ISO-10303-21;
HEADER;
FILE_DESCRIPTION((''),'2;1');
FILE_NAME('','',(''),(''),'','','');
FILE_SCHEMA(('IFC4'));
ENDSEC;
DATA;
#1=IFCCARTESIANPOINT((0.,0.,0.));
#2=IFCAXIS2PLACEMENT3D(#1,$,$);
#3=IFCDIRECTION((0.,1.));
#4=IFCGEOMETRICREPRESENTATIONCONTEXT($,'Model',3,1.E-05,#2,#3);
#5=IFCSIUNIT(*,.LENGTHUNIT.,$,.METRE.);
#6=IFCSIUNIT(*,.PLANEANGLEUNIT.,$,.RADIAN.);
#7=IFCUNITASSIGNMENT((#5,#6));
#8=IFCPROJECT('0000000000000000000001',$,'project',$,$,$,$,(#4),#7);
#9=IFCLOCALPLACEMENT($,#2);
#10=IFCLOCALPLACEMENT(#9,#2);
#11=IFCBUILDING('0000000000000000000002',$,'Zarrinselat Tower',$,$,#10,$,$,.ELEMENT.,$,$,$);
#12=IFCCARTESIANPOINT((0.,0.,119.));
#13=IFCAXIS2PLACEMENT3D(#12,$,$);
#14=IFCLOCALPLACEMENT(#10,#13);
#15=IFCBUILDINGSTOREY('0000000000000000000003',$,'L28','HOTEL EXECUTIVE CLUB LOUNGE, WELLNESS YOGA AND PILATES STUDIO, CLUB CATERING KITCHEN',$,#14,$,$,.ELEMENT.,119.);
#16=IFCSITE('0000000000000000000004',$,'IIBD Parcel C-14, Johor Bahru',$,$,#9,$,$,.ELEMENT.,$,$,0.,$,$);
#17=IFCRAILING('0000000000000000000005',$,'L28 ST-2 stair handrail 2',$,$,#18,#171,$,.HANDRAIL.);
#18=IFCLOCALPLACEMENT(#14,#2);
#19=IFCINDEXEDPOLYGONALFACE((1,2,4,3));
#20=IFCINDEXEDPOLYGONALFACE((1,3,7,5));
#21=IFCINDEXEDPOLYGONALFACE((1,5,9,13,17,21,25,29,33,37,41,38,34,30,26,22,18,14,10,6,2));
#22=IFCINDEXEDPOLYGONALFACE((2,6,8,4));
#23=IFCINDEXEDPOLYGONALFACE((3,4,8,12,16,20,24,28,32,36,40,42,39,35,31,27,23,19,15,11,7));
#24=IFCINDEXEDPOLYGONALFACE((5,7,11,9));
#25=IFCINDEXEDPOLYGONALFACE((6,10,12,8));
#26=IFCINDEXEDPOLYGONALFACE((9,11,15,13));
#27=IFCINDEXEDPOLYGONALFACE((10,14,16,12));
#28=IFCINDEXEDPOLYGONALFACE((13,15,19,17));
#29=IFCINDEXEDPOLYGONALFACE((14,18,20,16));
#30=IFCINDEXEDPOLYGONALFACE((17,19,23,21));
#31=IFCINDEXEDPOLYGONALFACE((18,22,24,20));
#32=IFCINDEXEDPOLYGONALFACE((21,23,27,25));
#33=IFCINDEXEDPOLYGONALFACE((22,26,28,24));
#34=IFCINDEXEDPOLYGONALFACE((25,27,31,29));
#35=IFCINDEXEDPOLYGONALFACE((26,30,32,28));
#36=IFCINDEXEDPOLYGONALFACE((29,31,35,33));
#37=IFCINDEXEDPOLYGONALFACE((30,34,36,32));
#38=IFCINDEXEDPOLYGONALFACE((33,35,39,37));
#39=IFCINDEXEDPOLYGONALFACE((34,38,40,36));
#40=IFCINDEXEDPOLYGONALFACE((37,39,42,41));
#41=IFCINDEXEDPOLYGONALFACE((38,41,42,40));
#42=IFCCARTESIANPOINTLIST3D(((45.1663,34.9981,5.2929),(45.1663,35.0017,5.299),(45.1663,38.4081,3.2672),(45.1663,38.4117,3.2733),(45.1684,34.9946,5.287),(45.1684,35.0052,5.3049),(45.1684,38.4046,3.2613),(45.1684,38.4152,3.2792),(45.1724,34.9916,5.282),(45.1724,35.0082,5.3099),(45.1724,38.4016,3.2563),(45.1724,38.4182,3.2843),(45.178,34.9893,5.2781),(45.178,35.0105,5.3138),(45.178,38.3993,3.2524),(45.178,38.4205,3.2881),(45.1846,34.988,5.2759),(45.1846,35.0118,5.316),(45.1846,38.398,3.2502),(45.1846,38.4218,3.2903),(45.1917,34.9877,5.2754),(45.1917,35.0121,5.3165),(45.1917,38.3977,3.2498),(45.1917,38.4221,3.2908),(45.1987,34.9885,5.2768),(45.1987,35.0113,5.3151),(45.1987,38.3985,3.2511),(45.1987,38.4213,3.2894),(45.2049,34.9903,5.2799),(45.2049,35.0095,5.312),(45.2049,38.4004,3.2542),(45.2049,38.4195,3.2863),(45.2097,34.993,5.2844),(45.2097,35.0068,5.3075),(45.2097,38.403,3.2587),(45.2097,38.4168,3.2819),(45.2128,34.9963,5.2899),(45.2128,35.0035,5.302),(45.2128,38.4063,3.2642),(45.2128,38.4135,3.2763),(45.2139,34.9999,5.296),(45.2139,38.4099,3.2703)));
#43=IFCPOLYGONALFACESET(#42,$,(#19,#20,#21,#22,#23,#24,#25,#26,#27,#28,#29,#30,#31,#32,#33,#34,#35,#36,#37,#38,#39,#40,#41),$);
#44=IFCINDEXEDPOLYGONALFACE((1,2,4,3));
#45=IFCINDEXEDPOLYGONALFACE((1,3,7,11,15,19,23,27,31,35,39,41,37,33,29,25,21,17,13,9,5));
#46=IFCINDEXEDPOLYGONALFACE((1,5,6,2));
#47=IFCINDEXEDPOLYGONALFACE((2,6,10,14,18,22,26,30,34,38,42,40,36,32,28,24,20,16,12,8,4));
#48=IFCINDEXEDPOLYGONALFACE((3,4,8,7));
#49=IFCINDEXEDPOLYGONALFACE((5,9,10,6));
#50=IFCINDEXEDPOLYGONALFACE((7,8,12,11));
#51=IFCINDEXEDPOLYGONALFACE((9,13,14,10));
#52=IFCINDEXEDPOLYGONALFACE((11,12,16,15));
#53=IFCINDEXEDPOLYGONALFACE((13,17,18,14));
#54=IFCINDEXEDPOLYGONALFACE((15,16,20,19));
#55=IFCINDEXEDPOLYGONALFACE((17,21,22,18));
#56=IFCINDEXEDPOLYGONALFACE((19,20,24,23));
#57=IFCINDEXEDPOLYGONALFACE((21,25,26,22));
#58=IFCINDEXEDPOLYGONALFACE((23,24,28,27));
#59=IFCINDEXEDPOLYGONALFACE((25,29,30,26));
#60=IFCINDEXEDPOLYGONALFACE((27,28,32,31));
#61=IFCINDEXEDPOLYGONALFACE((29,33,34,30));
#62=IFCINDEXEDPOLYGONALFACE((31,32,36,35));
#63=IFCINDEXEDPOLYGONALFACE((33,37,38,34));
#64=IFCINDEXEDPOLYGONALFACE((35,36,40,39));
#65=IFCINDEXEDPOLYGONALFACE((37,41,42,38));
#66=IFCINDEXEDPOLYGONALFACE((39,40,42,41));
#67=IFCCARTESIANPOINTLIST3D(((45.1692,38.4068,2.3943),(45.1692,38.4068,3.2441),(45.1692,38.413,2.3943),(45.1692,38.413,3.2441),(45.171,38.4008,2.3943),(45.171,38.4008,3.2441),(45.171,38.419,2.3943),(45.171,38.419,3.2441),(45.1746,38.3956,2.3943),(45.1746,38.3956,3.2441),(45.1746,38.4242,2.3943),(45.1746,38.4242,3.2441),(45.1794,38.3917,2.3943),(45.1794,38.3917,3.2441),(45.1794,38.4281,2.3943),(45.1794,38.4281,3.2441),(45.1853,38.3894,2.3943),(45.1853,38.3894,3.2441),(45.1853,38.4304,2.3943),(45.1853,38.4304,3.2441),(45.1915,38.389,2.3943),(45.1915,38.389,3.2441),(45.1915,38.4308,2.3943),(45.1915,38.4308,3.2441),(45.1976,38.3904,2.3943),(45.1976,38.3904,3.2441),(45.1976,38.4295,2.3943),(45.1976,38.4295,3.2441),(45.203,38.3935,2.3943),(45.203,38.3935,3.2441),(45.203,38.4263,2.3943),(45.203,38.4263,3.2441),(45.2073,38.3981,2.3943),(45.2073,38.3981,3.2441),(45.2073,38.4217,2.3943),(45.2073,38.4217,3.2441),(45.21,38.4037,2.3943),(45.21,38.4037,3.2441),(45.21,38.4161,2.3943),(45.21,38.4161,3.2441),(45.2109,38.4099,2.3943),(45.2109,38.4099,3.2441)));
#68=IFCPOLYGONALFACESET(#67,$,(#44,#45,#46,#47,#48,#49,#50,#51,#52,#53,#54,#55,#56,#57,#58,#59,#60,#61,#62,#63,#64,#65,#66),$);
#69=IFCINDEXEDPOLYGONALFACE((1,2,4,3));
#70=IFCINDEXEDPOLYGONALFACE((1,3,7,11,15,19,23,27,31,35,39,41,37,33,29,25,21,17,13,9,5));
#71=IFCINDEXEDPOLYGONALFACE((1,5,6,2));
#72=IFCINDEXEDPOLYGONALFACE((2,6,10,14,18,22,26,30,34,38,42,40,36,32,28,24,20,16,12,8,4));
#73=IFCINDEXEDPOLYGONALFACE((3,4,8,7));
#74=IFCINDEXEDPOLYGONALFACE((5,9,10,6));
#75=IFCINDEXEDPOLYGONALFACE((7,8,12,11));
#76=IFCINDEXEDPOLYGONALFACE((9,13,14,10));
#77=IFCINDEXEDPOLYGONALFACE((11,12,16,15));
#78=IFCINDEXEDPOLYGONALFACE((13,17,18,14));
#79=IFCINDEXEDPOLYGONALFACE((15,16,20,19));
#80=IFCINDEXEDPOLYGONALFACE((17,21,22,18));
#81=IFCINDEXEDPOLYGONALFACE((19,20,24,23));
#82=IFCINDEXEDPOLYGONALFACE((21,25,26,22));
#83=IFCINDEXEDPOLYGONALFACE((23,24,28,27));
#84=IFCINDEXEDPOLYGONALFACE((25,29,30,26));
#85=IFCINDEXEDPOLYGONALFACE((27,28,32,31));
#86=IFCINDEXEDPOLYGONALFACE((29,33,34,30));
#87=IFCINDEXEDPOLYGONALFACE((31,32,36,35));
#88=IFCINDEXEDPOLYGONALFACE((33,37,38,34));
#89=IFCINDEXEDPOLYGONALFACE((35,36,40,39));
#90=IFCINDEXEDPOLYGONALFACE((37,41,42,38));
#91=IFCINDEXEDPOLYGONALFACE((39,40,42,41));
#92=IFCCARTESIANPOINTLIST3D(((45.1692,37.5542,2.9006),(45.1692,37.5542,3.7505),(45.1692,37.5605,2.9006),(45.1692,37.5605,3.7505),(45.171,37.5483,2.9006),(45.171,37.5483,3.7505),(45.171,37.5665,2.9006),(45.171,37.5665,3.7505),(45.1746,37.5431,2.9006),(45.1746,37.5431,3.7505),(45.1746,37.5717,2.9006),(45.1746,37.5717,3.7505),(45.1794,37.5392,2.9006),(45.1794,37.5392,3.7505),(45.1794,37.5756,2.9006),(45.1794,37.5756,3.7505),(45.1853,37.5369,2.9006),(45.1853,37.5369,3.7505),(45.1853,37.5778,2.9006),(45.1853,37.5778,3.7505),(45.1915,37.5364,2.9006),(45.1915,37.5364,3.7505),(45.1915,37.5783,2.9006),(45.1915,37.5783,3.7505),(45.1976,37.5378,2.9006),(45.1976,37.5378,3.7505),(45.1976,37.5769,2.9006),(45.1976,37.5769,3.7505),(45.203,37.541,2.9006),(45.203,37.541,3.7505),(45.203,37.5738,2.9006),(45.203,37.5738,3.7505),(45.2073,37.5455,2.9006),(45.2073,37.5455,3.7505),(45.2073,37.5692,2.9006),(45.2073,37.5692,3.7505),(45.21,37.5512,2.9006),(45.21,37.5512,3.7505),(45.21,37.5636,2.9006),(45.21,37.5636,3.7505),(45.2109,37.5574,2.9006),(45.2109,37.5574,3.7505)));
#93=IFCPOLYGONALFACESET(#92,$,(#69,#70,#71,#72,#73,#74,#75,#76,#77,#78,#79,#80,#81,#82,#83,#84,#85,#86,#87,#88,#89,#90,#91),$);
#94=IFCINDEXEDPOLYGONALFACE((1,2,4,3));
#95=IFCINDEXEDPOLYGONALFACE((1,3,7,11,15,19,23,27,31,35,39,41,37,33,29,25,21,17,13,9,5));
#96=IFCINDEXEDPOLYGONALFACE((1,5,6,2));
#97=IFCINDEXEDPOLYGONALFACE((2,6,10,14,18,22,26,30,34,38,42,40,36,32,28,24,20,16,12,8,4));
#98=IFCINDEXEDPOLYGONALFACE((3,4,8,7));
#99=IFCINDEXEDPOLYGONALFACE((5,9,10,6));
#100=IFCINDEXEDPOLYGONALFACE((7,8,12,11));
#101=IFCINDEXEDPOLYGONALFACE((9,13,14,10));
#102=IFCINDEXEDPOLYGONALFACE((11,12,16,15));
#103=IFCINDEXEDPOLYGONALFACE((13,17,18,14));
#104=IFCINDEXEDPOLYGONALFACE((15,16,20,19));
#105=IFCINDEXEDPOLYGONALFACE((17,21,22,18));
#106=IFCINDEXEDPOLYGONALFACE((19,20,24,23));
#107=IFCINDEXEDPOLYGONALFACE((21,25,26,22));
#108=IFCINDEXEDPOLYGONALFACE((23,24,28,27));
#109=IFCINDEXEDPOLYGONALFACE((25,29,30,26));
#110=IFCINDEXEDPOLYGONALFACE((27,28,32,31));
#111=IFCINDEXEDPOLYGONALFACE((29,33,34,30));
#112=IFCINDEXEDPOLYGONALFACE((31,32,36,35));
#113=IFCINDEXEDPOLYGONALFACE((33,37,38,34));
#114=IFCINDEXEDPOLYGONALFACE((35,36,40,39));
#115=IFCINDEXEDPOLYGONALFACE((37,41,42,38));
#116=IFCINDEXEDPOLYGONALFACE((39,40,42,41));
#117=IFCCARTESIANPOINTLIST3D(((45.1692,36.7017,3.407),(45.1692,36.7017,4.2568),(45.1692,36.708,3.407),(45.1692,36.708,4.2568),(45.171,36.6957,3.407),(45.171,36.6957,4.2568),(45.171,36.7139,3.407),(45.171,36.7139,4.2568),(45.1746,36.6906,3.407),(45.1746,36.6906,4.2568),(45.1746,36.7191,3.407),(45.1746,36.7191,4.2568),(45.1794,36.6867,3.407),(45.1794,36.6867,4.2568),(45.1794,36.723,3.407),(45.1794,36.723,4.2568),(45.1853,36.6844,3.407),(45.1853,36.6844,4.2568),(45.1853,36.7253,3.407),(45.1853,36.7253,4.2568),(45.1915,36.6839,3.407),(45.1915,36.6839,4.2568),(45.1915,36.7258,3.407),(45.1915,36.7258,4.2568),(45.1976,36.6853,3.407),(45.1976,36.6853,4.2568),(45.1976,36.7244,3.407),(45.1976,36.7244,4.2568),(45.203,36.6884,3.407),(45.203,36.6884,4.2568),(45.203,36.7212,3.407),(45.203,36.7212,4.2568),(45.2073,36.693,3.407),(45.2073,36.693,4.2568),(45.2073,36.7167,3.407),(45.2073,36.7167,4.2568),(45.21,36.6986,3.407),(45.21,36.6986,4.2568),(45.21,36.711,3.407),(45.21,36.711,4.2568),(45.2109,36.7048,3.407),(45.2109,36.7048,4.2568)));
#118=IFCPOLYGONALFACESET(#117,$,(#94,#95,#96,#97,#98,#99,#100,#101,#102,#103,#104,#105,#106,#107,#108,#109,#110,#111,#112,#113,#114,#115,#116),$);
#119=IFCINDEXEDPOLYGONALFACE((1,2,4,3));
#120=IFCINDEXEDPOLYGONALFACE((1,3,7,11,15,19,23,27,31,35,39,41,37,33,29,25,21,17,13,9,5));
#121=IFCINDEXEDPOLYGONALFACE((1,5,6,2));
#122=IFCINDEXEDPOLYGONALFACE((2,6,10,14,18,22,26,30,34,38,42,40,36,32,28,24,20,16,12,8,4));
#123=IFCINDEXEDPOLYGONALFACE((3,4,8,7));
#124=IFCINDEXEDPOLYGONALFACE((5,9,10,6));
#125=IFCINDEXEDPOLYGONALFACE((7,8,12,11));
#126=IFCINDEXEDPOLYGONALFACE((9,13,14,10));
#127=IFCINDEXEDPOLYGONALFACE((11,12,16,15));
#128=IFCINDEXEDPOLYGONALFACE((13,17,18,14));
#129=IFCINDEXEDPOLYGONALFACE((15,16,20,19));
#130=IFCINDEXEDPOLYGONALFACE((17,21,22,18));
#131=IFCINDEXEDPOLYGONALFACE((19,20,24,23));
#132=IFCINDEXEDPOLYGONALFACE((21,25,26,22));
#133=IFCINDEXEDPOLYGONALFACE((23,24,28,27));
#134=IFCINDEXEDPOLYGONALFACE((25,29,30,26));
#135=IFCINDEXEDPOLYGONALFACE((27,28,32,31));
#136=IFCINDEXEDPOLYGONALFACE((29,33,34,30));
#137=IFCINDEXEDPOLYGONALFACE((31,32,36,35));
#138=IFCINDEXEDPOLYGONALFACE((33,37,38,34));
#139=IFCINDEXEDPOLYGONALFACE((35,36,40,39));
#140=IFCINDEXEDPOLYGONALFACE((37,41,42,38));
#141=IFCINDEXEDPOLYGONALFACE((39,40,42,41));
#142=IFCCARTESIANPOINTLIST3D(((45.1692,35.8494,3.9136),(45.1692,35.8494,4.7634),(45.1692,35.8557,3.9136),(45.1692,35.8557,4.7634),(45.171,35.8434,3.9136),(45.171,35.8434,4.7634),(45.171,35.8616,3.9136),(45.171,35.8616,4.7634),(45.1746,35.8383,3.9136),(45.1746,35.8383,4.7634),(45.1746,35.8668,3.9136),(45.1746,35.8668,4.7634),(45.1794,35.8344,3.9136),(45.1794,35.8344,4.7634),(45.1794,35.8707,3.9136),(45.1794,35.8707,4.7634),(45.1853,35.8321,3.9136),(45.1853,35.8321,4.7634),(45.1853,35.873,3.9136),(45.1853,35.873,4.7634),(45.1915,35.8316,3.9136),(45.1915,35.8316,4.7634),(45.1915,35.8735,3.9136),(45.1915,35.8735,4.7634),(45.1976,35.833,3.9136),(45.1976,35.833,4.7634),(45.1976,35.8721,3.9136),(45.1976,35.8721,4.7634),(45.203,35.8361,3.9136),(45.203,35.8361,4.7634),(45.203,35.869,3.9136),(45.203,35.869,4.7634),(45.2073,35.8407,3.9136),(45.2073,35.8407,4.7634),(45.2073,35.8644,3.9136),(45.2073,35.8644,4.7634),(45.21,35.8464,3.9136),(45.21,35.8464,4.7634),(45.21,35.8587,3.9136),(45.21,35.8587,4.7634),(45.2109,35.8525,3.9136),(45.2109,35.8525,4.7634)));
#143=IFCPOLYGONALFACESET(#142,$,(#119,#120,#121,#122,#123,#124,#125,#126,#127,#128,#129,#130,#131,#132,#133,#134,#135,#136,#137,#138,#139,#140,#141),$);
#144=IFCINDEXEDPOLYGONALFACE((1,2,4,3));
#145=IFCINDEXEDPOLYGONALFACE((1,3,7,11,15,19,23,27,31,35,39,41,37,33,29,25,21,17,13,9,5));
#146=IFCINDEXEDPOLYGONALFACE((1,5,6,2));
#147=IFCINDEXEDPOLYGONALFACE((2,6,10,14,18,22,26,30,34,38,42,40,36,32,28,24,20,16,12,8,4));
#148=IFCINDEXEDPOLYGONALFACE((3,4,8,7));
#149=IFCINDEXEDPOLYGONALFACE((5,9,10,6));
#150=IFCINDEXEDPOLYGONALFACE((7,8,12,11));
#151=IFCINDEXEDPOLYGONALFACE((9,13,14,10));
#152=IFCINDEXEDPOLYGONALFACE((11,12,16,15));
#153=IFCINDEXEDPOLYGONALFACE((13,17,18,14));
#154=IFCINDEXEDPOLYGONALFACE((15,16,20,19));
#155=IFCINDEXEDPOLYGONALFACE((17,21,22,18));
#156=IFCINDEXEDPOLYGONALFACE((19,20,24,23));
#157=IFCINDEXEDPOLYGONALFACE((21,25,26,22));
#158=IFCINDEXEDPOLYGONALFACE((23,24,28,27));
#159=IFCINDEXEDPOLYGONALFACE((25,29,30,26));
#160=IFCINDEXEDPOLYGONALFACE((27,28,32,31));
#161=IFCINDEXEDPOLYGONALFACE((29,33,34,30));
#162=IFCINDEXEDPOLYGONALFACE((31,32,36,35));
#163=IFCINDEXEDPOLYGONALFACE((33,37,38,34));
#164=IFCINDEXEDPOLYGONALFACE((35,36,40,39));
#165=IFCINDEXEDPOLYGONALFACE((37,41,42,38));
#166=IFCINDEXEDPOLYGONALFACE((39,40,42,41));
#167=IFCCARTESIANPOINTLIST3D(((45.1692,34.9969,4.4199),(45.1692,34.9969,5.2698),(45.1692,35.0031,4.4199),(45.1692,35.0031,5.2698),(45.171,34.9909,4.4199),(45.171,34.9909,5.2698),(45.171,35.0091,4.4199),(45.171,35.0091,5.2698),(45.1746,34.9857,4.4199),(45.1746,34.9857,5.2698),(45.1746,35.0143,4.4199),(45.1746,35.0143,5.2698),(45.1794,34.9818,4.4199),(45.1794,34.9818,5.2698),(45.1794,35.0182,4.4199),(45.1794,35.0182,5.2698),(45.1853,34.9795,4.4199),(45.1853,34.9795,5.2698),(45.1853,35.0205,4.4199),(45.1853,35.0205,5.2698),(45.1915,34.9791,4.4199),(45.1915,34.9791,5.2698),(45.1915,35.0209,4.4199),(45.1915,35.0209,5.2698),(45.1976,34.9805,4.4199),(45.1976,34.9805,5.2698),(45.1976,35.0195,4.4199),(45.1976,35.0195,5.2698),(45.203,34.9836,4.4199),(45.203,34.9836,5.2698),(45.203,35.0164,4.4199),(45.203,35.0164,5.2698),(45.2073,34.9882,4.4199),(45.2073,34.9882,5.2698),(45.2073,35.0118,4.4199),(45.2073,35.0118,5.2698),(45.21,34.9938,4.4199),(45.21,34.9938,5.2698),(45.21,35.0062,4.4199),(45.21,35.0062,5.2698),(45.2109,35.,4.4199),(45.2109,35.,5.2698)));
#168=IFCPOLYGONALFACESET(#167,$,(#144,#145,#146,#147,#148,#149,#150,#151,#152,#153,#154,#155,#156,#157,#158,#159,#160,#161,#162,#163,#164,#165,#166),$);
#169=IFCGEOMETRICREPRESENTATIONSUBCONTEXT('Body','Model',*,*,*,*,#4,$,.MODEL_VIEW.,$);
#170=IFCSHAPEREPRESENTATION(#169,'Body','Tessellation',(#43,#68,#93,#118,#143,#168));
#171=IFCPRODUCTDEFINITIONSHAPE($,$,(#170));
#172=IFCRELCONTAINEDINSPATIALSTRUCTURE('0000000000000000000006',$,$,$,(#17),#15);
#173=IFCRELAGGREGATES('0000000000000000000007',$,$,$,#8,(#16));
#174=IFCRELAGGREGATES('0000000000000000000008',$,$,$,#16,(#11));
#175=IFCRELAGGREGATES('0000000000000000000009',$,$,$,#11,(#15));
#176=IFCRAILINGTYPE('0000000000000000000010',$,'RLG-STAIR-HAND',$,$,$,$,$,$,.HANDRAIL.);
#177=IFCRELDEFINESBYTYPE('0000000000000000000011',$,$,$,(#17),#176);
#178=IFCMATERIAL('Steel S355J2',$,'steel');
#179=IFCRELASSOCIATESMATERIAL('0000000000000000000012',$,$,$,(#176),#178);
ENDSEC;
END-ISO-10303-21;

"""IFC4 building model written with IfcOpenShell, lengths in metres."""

from ifc_helpers import new_model, si_unit, direction, frame, origin, origin_2d, place, context, subcontext, project, spatial, circle, extrude, material, type_object, element, save


model = new_model("IFC4")

# Units and contexts
model_context = context("Model", 3, precision=1e-05, world=origin(), true_north=direction((0.0, 1.0)))
body_context = subcontext(model_context, "Body", "Model", "MODEL_VIEW")
ifc_project = project(units=[si_unit("LENGTHUNIT", "METRE"), si_unit("PLANEANGLEUNIT", "RADIAN")], contexts=[model_context])

# Site, building, storey
site_placement = place(None, origin())
site = spatial("IfcSite", under=ifc_project, at=site_placement, Name="IIBD Parcel C-14, Johor Bahru", CompositionType="ELEMENT", RefElevation=0.0)
building_placement = place(site_placement, origin())
building = spatial("IfcBuilding", under=site, at=building_placement, Name="Zarrinselat Tower", CompositionType="ELEMENT")
storey_placement = place(building_placement, frame((0.0, 0.0, 119.0)))
storey = spatial("IfcBuildingStorey", under=building, at=storey_placement, Name="L28", Description="HOTEL EXECUTIVE CLUB LOUNGE, WELLNESS YOGA AND PILATES STUDIO, CLUB CATERING KITCHEN", CompositionType="ELEMENT", Elevation=119.0)

# Railing
ifc_material_1 = material(Name="Steel S355J2", Category="steel")
railing_type = type_object("IfcRailingType", Name="RLG-STAIR-HAND", PredefinedType="HANDRAIL", material=ifc_material_1)
railing_placement = place(storey_placement, frame((45.1899, 38.4099, 2.3943)))
element("IfcRailing", 1, at=railing_placement, inside=storey, type_object=railing_type, Name="L28 ST-2 stair handrail 2", PredefinedType="HANDRAIL", context=body_context, shape_type="SweptSolid", body=[
    extrude(circle(Radius=0.0239, at=origin_2d()), frame((0.0, 0.0, 0.876), z_axis=(0.0, -0.859744, 0.510725), x_axis=(1.0, 0.0, 0.0)), (0.0, 0.0, 1.0), 3.9663),
    extrude(circle(Radius=0.021, at=origin_2d()), origin(), (0.0, 0.0, 1.0), 0.8499),
    extrude(circle(Radius=0.021, at=origin_2d()), frame((0.0, -0.8525, 0.5063)), (0.0, 0.0, 1.0), 0.8499),
    extrude(circle(Radius=0.021, at=origin_2d()), frame((0.0, -1.7051, 1.0127)), (0.0, 0.0, 1.0), 0.8499),
    extrude(circle(Radius=0.021, at=origin_2d()), frame((0.0, -2.5574, 1.5193)), (0.0, 0.0, 1.0), 0.8499),
    extrude(circle(Radius=0.021, at=origin_2d()), frame((0.0, -3.4099, 2.0256)), (0.0, 0.0, 1.0), 0.8499),
])

save(model, "model.ifc")
